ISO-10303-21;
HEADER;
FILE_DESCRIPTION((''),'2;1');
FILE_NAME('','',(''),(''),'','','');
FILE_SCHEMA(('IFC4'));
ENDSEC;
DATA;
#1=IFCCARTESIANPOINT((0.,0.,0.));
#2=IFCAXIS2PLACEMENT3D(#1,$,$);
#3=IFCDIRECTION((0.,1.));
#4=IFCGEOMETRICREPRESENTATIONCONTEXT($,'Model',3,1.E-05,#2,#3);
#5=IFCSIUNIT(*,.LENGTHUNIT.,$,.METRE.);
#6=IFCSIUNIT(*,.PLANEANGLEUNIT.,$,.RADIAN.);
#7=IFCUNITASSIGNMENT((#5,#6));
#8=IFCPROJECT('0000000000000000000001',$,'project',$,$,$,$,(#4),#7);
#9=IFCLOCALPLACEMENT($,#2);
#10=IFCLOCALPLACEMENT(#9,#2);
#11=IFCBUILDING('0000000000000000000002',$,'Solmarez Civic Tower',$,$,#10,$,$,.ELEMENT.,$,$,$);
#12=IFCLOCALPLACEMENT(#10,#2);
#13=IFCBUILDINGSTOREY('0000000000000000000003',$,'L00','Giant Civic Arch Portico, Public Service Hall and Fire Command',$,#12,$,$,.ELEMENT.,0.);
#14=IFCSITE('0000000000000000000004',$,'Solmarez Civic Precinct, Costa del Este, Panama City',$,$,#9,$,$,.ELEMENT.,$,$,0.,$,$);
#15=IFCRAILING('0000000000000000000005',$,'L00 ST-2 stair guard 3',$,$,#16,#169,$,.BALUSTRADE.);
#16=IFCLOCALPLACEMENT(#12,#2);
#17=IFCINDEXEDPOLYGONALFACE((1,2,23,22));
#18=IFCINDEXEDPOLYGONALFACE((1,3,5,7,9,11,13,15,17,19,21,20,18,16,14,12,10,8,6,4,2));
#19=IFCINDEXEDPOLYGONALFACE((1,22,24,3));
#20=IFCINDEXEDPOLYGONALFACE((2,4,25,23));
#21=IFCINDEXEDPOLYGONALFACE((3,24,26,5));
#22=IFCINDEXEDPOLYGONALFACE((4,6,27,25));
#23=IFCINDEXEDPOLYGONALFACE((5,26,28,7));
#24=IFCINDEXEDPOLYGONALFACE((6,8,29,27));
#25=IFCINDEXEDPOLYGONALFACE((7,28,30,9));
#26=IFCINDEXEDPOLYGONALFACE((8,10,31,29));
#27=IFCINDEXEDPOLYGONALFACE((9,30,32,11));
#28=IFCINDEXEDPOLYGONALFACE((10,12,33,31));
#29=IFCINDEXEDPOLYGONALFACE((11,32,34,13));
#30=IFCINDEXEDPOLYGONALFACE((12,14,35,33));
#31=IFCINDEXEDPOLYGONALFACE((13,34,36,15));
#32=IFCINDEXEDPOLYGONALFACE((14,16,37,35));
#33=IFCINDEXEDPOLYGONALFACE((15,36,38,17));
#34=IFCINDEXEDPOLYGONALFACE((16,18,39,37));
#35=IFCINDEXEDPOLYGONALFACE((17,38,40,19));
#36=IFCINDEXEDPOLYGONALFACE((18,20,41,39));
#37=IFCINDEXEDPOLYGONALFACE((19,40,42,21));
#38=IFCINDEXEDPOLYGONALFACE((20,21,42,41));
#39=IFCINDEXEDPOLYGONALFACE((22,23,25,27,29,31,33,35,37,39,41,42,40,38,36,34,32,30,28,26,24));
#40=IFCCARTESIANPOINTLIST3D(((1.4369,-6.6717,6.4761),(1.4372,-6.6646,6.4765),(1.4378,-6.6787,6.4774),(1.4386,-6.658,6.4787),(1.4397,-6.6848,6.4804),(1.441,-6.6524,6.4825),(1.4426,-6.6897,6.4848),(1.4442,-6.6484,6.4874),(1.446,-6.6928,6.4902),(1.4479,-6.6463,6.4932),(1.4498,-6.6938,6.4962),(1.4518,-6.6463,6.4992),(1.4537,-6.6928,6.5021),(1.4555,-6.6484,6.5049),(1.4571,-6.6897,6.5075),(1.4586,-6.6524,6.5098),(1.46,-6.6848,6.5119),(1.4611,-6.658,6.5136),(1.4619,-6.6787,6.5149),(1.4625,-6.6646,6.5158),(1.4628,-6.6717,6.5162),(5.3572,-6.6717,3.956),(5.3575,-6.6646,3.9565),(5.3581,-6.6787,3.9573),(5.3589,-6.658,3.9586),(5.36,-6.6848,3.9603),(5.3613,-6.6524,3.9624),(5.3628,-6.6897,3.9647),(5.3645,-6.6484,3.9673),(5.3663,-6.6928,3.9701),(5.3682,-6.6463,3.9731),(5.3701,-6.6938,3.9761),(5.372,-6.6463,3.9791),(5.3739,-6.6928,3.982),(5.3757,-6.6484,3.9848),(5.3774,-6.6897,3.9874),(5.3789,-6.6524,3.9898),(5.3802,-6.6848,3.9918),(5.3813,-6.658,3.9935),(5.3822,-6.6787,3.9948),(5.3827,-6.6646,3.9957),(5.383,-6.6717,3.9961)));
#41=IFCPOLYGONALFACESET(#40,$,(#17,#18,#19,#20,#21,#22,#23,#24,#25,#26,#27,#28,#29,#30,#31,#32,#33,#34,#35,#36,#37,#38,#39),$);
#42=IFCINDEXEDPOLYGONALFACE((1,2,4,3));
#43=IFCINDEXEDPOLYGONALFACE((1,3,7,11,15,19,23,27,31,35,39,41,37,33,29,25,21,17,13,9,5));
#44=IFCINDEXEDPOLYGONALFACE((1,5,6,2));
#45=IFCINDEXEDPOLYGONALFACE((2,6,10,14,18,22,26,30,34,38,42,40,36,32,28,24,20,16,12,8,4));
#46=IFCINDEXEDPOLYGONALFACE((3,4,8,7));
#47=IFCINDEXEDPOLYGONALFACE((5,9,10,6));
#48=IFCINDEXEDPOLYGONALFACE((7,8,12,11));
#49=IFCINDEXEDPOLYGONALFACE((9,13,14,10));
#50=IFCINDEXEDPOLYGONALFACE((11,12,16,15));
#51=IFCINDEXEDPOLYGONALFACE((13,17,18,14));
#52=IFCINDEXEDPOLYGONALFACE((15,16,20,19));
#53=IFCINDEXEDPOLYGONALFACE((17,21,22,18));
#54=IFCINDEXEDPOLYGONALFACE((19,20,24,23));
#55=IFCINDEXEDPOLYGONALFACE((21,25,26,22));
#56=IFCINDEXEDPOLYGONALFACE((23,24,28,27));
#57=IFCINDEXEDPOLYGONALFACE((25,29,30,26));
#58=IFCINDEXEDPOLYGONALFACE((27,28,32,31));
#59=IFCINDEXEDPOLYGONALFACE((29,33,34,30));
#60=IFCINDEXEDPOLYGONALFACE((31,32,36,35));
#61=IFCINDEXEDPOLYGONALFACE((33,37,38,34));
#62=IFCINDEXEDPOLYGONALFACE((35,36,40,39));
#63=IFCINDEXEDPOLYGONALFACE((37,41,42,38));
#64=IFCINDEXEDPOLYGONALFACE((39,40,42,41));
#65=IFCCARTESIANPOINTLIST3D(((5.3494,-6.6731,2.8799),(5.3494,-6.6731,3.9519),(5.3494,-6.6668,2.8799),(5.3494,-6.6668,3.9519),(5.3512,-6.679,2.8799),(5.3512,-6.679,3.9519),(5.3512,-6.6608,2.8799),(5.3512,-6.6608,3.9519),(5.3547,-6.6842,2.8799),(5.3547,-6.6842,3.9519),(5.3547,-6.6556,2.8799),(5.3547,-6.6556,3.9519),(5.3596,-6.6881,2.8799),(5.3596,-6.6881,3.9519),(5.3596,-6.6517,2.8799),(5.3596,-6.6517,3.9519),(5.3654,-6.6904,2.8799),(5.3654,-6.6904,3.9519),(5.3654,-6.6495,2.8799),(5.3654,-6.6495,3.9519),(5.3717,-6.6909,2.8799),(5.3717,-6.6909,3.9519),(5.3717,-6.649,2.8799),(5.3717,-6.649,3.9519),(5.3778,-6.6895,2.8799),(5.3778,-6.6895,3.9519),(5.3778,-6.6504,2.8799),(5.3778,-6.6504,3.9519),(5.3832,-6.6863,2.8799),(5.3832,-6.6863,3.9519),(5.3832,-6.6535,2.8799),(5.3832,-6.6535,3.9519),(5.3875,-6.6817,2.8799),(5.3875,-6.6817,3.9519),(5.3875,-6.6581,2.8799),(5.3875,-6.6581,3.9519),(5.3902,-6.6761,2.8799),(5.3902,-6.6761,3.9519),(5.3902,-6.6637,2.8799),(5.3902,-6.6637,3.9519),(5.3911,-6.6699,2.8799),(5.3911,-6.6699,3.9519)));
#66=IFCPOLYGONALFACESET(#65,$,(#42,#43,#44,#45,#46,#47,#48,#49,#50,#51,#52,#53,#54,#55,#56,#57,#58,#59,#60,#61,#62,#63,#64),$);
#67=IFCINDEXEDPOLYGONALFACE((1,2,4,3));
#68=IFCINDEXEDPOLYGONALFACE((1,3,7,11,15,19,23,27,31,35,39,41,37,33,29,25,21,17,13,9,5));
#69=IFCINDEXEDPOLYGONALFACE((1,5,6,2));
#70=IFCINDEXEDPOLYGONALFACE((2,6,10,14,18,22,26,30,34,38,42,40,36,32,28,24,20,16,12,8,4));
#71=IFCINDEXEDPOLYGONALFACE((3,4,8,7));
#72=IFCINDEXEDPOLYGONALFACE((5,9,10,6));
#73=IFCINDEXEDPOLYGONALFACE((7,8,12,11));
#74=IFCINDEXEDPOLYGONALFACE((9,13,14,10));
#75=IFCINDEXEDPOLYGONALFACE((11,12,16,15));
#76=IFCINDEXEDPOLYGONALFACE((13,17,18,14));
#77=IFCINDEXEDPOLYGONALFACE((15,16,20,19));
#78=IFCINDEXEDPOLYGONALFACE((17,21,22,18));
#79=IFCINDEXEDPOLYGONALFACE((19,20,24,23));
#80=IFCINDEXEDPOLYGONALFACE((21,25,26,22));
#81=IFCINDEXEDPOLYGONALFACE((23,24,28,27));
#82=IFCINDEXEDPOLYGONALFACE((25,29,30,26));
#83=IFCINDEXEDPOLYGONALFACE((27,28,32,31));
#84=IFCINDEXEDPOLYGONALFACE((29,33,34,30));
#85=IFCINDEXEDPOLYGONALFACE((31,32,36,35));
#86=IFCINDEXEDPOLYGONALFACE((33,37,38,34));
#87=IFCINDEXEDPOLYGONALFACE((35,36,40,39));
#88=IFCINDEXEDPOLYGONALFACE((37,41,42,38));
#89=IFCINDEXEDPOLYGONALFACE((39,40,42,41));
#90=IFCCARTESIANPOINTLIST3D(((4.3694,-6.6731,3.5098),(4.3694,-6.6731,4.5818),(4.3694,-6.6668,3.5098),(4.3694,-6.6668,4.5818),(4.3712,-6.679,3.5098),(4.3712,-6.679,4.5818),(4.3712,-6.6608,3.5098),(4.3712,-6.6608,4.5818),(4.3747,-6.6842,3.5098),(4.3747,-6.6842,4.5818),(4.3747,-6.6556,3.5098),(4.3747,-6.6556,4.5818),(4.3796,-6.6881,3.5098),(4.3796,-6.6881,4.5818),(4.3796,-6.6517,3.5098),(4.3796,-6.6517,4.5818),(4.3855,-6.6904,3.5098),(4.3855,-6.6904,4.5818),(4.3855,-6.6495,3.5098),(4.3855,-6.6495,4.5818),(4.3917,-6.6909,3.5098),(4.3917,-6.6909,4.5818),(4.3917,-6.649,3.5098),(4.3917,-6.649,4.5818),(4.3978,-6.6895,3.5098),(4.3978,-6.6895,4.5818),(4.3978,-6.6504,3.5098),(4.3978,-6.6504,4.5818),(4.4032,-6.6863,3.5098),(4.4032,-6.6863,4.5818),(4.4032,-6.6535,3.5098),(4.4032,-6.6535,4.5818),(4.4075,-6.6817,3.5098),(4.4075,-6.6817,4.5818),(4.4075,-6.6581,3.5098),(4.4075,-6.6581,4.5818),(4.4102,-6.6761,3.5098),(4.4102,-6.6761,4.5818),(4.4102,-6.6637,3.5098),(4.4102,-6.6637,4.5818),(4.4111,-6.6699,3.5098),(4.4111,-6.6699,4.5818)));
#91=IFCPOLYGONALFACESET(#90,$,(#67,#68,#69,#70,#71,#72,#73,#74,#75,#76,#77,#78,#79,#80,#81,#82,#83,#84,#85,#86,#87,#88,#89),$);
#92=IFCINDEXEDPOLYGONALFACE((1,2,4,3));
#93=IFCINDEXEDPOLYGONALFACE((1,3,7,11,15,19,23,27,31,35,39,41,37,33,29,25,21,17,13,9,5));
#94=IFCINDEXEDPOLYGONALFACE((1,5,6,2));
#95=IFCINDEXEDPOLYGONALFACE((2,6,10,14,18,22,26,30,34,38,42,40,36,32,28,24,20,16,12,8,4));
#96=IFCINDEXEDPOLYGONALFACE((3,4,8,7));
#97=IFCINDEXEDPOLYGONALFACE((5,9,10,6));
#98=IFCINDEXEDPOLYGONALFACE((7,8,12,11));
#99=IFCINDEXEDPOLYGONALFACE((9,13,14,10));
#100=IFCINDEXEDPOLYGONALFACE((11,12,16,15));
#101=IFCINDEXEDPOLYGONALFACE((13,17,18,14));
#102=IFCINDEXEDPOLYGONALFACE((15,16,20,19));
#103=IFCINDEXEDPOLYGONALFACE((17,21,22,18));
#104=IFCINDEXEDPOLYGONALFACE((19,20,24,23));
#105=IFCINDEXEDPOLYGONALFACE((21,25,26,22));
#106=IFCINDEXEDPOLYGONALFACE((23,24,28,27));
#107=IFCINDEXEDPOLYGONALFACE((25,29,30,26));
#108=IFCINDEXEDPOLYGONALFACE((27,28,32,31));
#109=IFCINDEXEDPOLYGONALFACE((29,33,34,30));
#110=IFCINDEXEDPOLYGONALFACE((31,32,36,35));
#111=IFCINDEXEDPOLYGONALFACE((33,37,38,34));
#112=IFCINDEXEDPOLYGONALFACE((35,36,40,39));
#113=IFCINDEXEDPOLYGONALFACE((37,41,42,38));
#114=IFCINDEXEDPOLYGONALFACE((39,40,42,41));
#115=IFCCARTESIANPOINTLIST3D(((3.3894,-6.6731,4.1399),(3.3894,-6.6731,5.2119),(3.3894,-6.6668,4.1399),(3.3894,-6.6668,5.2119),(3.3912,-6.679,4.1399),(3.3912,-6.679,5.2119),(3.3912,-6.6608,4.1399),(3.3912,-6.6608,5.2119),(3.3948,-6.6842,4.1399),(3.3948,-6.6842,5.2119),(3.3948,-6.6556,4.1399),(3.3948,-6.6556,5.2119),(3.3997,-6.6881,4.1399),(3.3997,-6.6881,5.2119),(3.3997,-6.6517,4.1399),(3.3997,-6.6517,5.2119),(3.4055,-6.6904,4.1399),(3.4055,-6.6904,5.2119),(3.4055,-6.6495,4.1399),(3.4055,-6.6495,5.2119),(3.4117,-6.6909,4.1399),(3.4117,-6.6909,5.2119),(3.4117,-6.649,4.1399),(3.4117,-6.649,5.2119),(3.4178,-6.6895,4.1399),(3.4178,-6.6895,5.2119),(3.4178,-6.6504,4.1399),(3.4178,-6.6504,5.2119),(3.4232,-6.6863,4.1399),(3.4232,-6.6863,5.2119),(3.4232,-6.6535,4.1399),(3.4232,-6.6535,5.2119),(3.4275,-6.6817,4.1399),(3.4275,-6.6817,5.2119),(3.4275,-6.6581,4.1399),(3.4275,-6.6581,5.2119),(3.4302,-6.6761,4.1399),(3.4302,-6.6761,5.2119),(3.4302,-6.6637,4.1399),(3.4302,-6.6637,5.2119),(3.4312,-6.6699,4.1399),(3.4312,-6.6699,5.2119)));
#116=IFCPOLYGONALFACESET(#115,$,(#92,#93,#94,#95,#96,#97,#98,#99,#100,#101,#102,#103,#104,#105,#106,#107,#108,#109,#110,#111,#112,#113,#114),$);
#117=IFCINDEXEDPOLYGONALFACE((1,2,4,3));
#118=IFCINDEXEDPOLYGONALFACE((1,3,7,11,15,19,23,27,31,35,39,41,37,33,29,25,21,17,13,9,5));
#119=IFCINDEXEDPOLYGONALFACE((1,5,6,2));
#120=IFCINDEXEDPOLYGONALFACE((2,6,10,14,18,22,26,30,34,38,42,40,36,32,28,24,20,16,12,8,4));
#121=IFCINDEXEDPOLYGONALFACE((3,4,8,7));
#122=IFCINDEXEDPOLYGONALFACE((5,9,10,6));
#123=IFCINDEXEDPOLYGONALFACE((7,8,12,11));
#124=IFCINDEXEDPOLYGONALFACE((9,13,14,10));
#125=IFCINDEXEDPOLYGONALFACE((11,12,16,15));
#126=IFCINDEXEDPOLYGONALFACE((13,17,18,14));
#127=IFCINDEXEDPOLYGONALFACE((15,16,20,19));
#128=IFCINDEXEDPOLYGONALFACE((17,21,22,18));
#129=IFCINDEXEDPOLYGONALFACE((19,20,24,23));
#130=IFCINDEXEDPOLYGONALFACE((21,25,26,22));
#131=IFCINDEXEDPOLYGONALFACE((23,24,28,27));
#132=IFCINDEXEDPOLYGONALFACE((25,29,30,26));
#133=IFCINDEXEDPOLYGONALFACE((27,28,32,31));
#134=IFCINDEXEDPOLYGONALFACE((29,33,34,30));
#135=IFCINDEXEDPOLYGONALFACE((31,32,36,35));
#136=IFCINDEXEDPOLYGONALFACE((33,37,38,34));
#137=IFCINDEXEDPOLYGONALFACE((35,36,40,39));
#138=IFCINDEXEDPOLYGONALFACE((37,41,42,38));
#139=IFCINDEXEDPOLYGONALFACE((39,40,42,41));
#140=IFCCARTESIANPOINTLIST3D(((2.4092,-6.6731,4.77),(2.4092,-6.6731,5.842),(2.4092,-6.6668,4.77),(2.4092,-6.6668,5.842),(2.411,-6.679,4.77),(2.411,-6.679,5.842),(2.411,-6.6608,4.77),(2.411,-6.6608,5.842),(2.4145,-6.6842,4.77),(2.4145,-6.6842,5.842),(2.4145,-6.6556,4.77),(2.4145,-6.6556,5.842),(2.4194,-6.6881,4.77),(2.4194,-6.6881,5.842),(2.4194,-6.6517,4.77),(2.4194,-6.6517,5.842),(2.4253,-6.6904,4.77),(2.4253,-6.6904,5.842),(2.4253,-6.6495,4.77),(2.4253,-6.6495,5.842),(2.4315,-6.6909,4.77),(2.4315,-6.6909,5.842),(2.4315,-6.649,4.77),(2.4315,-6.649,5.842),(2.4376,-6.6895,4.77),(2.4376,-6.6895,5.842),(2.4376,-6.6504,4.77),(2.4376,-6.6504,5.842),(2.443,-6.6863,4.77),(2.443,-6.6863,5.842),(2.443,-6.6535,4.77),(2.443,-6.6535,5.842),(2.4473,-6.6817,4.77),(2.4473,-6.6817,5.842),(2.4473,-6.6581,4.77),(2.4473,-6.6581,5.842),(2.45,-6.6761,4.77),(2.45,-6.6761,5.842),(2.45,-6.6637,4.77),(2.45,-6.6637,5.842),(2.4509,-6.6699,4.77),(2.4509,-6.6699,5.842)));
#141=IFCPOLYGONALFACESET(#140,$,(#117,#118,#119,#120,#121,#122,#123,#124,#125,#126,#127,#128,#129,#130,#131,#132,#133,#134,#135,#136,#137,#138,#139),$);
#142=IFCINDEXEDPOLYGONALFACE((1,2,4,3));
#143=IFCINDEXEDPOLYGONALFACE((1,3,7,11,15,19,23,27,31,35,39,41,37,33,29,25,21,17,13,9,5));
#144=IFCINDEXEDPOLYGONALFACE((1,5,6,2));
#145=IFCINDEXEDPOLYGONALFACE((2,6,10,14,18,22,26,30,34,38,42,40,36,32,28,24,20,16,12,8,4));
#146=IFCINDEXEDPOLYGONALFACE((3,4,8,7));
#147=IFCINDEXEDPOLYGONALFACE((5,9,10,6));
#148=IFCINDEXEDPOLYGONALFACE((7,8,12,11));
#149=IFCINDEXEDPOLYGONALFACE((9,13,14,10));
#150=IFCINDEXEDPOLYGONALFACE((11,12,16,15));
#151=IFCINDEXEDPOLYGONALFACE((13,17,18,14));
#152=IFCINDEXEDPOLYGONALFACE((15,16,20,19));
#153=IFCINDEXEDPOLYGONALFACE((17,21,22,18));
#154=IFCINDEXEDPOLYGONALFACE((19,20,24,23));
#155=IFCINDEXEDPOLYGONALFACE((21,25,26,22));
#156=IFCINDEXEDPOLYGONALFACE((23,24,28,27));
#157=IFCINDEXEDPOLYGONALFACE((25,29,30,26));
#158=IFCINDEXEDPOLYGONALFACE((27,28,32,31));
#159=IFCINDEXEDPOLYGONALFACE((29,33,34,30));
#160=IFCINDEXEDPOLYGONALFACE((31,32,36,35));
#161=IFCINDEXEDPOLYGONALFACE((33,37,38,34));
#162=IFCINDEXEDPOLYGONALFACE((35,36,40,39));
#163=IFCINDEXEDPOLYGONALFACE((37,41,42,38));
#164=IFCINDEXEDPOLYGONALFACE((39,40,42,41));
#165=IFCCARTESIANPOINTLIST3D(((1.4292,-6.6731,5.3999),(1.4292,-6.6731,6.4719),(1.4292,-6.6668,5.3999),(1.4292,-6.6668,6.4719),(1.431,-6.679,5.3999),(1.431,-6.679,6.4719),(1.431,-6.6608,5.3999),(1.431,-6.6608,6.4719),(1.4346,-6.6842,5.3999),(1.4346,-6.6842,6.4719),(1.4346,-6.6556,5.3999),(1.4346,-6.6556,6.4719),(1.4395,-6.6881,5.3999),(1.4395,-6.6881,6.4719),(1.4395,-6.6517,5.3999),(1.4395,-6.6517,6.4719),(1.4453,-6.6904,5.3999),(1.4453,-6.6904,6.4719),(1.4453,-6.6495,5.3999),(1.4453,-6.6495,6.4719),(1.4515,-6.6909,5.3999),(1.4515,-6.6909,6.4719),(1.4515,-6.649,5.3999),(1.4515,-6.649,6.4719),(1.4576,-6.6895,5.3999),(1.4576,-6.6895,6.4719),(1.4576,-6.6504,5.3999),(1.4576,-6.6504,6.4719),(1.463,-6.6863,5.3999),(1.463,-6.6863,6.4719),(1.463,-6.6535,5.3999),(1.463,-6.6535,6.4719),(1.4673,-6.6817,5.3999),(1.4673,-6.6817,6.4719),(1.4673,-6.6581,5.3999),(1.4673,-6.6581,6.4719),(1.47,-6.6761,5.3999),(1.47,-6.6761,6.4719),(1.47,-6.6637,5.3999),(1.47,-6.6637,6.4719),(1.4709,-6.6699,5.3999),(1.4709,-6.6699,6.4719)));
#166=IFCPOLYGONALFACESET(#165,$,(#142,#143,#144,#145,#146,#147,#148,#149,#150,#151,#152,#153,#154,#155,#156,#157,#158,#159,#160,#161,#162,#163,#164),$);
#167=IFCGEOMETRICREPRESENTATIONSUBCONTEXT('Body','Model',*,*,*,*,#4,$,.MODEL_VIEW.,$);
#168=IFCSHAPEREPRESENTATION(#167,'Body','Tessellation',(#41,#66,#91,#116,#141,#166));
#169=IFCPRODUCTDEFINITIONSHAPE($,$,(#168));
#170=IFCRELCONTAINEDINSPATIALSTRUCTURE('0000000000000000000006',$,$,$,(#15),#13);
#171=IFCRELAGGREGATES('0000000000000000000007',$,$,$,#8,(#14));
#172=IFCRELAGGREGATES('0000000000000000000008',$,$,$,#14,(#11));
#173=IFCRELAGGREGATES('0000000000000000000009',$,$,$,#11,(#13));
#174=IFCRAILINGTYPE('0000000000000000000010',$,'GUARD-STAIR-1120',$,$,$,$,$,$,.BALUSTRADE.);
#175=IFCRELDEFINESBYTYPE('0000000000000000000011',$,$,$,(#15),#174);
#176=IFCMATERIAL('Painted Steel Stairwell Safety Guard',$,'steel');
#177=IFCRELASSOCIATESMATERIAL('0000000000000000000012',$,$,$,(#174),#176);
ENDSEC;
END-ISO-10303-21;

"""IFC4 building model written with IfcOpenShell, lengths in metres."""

from ifc_helpers import new_model, si_unit, direction, frame, origin, origin_2d, place, context, subcontext, project, spatial, circle, extrude, material, type_object, element, save


model = new_model("IFC4")

# Units and contexts
model_context = context("Model", 3, precision=1e-05, world=origin(), true_north=direction((0.0, 1.0)))
body_context = subcontext(model_context, "Body", "Model", "MODEL_VIEW")
ifc_project = project(units=[si_unit("LENGTHUNIT", "METRE"), si_unit("PLANEANGLEUNIT", "RADIAN")], contexts=[model_context])

# Site, building, storey
site_placement = place(None, origin())
site = spatial("IfcSite", under=ifc_project, at=site_placement, Name="Solmarez Civic Precinct, Costa del Este, Panama City", CompositionType="ELEMENT", RefElevation=0.0)
building_placement = place(site_placement, origin())
building = spatial("IfcBuilding", under=site, at=building_placement, Name="Solmarez Civic Tower", CompositionType="ELEMENT")
storey_placement = place(building_placement, origin())
storey = spatial("IfcBuildingStorey", under=building, at=storey_placement, Name="L00", Description="Giant Civic Arch Portico, Public Service Hall and Fire Command", CompositionType="ELEMENT", Elevation=0.0)

# Railing
ifc_material_1 = material(Name="Painted Steel Stairwell Safety Guard", Category="steel")
railing_type_1 = type_object("IfcRailingType", Name="GUARD-STAIR-1120", PredefinedType="BALUSTRADE", material=ifc_material_1)
railing_1_placement = place(storey_placement, frame((5.3701, -6.6699, 2.8799)))
element("IfcRailing", 1, at=railing_1_placement, inside=storey, type_object=railing_type_1, Name="L00 ST-2 stair guard 3", PredefinedType="BALUSTRADE", context=body_context, shape_type="SweptSolid", body=[
    extrude(circle(Radius=0.0239, at=origin_2d()), frame((0.0, 0.0, 1.0962), z_axis=(-0.841187, 0.0, 0.540744), x_axis=(0.0, -1.0, 0.0)), (0.0, 0.0, 1.0), 4.6604),
    extrude(circle(Radius=0.021, at=origin_2d()), origin(), (0.0, 0.0, 1.0), 1.072),
    extrude(circle(Radius=0.021, at=origin_2d()), frame((-0.98, 0.0, 0.6299)), (0.0, 0.0, 1.0), 1.072),
    extrude(circle(Radius=0.021, at=origin_2d()), frame((-1.96, 0.0, 1.26)), (0.0, 0.0, 1.0), 1.072),
    extrude(circle(Radius=0.021, at=origin_2d()), frame((-2.9402, 0.0, 1.8901)), (0.0, 0.0, 1.0), 1.072),
    extrude(circle(Radius=0.021, at=origin_2d()), frame((-3.9202, 0.0, 2.52)), (0.0, 0.0, 1.0), 1.072),
])

save(model, "model.ifc")
